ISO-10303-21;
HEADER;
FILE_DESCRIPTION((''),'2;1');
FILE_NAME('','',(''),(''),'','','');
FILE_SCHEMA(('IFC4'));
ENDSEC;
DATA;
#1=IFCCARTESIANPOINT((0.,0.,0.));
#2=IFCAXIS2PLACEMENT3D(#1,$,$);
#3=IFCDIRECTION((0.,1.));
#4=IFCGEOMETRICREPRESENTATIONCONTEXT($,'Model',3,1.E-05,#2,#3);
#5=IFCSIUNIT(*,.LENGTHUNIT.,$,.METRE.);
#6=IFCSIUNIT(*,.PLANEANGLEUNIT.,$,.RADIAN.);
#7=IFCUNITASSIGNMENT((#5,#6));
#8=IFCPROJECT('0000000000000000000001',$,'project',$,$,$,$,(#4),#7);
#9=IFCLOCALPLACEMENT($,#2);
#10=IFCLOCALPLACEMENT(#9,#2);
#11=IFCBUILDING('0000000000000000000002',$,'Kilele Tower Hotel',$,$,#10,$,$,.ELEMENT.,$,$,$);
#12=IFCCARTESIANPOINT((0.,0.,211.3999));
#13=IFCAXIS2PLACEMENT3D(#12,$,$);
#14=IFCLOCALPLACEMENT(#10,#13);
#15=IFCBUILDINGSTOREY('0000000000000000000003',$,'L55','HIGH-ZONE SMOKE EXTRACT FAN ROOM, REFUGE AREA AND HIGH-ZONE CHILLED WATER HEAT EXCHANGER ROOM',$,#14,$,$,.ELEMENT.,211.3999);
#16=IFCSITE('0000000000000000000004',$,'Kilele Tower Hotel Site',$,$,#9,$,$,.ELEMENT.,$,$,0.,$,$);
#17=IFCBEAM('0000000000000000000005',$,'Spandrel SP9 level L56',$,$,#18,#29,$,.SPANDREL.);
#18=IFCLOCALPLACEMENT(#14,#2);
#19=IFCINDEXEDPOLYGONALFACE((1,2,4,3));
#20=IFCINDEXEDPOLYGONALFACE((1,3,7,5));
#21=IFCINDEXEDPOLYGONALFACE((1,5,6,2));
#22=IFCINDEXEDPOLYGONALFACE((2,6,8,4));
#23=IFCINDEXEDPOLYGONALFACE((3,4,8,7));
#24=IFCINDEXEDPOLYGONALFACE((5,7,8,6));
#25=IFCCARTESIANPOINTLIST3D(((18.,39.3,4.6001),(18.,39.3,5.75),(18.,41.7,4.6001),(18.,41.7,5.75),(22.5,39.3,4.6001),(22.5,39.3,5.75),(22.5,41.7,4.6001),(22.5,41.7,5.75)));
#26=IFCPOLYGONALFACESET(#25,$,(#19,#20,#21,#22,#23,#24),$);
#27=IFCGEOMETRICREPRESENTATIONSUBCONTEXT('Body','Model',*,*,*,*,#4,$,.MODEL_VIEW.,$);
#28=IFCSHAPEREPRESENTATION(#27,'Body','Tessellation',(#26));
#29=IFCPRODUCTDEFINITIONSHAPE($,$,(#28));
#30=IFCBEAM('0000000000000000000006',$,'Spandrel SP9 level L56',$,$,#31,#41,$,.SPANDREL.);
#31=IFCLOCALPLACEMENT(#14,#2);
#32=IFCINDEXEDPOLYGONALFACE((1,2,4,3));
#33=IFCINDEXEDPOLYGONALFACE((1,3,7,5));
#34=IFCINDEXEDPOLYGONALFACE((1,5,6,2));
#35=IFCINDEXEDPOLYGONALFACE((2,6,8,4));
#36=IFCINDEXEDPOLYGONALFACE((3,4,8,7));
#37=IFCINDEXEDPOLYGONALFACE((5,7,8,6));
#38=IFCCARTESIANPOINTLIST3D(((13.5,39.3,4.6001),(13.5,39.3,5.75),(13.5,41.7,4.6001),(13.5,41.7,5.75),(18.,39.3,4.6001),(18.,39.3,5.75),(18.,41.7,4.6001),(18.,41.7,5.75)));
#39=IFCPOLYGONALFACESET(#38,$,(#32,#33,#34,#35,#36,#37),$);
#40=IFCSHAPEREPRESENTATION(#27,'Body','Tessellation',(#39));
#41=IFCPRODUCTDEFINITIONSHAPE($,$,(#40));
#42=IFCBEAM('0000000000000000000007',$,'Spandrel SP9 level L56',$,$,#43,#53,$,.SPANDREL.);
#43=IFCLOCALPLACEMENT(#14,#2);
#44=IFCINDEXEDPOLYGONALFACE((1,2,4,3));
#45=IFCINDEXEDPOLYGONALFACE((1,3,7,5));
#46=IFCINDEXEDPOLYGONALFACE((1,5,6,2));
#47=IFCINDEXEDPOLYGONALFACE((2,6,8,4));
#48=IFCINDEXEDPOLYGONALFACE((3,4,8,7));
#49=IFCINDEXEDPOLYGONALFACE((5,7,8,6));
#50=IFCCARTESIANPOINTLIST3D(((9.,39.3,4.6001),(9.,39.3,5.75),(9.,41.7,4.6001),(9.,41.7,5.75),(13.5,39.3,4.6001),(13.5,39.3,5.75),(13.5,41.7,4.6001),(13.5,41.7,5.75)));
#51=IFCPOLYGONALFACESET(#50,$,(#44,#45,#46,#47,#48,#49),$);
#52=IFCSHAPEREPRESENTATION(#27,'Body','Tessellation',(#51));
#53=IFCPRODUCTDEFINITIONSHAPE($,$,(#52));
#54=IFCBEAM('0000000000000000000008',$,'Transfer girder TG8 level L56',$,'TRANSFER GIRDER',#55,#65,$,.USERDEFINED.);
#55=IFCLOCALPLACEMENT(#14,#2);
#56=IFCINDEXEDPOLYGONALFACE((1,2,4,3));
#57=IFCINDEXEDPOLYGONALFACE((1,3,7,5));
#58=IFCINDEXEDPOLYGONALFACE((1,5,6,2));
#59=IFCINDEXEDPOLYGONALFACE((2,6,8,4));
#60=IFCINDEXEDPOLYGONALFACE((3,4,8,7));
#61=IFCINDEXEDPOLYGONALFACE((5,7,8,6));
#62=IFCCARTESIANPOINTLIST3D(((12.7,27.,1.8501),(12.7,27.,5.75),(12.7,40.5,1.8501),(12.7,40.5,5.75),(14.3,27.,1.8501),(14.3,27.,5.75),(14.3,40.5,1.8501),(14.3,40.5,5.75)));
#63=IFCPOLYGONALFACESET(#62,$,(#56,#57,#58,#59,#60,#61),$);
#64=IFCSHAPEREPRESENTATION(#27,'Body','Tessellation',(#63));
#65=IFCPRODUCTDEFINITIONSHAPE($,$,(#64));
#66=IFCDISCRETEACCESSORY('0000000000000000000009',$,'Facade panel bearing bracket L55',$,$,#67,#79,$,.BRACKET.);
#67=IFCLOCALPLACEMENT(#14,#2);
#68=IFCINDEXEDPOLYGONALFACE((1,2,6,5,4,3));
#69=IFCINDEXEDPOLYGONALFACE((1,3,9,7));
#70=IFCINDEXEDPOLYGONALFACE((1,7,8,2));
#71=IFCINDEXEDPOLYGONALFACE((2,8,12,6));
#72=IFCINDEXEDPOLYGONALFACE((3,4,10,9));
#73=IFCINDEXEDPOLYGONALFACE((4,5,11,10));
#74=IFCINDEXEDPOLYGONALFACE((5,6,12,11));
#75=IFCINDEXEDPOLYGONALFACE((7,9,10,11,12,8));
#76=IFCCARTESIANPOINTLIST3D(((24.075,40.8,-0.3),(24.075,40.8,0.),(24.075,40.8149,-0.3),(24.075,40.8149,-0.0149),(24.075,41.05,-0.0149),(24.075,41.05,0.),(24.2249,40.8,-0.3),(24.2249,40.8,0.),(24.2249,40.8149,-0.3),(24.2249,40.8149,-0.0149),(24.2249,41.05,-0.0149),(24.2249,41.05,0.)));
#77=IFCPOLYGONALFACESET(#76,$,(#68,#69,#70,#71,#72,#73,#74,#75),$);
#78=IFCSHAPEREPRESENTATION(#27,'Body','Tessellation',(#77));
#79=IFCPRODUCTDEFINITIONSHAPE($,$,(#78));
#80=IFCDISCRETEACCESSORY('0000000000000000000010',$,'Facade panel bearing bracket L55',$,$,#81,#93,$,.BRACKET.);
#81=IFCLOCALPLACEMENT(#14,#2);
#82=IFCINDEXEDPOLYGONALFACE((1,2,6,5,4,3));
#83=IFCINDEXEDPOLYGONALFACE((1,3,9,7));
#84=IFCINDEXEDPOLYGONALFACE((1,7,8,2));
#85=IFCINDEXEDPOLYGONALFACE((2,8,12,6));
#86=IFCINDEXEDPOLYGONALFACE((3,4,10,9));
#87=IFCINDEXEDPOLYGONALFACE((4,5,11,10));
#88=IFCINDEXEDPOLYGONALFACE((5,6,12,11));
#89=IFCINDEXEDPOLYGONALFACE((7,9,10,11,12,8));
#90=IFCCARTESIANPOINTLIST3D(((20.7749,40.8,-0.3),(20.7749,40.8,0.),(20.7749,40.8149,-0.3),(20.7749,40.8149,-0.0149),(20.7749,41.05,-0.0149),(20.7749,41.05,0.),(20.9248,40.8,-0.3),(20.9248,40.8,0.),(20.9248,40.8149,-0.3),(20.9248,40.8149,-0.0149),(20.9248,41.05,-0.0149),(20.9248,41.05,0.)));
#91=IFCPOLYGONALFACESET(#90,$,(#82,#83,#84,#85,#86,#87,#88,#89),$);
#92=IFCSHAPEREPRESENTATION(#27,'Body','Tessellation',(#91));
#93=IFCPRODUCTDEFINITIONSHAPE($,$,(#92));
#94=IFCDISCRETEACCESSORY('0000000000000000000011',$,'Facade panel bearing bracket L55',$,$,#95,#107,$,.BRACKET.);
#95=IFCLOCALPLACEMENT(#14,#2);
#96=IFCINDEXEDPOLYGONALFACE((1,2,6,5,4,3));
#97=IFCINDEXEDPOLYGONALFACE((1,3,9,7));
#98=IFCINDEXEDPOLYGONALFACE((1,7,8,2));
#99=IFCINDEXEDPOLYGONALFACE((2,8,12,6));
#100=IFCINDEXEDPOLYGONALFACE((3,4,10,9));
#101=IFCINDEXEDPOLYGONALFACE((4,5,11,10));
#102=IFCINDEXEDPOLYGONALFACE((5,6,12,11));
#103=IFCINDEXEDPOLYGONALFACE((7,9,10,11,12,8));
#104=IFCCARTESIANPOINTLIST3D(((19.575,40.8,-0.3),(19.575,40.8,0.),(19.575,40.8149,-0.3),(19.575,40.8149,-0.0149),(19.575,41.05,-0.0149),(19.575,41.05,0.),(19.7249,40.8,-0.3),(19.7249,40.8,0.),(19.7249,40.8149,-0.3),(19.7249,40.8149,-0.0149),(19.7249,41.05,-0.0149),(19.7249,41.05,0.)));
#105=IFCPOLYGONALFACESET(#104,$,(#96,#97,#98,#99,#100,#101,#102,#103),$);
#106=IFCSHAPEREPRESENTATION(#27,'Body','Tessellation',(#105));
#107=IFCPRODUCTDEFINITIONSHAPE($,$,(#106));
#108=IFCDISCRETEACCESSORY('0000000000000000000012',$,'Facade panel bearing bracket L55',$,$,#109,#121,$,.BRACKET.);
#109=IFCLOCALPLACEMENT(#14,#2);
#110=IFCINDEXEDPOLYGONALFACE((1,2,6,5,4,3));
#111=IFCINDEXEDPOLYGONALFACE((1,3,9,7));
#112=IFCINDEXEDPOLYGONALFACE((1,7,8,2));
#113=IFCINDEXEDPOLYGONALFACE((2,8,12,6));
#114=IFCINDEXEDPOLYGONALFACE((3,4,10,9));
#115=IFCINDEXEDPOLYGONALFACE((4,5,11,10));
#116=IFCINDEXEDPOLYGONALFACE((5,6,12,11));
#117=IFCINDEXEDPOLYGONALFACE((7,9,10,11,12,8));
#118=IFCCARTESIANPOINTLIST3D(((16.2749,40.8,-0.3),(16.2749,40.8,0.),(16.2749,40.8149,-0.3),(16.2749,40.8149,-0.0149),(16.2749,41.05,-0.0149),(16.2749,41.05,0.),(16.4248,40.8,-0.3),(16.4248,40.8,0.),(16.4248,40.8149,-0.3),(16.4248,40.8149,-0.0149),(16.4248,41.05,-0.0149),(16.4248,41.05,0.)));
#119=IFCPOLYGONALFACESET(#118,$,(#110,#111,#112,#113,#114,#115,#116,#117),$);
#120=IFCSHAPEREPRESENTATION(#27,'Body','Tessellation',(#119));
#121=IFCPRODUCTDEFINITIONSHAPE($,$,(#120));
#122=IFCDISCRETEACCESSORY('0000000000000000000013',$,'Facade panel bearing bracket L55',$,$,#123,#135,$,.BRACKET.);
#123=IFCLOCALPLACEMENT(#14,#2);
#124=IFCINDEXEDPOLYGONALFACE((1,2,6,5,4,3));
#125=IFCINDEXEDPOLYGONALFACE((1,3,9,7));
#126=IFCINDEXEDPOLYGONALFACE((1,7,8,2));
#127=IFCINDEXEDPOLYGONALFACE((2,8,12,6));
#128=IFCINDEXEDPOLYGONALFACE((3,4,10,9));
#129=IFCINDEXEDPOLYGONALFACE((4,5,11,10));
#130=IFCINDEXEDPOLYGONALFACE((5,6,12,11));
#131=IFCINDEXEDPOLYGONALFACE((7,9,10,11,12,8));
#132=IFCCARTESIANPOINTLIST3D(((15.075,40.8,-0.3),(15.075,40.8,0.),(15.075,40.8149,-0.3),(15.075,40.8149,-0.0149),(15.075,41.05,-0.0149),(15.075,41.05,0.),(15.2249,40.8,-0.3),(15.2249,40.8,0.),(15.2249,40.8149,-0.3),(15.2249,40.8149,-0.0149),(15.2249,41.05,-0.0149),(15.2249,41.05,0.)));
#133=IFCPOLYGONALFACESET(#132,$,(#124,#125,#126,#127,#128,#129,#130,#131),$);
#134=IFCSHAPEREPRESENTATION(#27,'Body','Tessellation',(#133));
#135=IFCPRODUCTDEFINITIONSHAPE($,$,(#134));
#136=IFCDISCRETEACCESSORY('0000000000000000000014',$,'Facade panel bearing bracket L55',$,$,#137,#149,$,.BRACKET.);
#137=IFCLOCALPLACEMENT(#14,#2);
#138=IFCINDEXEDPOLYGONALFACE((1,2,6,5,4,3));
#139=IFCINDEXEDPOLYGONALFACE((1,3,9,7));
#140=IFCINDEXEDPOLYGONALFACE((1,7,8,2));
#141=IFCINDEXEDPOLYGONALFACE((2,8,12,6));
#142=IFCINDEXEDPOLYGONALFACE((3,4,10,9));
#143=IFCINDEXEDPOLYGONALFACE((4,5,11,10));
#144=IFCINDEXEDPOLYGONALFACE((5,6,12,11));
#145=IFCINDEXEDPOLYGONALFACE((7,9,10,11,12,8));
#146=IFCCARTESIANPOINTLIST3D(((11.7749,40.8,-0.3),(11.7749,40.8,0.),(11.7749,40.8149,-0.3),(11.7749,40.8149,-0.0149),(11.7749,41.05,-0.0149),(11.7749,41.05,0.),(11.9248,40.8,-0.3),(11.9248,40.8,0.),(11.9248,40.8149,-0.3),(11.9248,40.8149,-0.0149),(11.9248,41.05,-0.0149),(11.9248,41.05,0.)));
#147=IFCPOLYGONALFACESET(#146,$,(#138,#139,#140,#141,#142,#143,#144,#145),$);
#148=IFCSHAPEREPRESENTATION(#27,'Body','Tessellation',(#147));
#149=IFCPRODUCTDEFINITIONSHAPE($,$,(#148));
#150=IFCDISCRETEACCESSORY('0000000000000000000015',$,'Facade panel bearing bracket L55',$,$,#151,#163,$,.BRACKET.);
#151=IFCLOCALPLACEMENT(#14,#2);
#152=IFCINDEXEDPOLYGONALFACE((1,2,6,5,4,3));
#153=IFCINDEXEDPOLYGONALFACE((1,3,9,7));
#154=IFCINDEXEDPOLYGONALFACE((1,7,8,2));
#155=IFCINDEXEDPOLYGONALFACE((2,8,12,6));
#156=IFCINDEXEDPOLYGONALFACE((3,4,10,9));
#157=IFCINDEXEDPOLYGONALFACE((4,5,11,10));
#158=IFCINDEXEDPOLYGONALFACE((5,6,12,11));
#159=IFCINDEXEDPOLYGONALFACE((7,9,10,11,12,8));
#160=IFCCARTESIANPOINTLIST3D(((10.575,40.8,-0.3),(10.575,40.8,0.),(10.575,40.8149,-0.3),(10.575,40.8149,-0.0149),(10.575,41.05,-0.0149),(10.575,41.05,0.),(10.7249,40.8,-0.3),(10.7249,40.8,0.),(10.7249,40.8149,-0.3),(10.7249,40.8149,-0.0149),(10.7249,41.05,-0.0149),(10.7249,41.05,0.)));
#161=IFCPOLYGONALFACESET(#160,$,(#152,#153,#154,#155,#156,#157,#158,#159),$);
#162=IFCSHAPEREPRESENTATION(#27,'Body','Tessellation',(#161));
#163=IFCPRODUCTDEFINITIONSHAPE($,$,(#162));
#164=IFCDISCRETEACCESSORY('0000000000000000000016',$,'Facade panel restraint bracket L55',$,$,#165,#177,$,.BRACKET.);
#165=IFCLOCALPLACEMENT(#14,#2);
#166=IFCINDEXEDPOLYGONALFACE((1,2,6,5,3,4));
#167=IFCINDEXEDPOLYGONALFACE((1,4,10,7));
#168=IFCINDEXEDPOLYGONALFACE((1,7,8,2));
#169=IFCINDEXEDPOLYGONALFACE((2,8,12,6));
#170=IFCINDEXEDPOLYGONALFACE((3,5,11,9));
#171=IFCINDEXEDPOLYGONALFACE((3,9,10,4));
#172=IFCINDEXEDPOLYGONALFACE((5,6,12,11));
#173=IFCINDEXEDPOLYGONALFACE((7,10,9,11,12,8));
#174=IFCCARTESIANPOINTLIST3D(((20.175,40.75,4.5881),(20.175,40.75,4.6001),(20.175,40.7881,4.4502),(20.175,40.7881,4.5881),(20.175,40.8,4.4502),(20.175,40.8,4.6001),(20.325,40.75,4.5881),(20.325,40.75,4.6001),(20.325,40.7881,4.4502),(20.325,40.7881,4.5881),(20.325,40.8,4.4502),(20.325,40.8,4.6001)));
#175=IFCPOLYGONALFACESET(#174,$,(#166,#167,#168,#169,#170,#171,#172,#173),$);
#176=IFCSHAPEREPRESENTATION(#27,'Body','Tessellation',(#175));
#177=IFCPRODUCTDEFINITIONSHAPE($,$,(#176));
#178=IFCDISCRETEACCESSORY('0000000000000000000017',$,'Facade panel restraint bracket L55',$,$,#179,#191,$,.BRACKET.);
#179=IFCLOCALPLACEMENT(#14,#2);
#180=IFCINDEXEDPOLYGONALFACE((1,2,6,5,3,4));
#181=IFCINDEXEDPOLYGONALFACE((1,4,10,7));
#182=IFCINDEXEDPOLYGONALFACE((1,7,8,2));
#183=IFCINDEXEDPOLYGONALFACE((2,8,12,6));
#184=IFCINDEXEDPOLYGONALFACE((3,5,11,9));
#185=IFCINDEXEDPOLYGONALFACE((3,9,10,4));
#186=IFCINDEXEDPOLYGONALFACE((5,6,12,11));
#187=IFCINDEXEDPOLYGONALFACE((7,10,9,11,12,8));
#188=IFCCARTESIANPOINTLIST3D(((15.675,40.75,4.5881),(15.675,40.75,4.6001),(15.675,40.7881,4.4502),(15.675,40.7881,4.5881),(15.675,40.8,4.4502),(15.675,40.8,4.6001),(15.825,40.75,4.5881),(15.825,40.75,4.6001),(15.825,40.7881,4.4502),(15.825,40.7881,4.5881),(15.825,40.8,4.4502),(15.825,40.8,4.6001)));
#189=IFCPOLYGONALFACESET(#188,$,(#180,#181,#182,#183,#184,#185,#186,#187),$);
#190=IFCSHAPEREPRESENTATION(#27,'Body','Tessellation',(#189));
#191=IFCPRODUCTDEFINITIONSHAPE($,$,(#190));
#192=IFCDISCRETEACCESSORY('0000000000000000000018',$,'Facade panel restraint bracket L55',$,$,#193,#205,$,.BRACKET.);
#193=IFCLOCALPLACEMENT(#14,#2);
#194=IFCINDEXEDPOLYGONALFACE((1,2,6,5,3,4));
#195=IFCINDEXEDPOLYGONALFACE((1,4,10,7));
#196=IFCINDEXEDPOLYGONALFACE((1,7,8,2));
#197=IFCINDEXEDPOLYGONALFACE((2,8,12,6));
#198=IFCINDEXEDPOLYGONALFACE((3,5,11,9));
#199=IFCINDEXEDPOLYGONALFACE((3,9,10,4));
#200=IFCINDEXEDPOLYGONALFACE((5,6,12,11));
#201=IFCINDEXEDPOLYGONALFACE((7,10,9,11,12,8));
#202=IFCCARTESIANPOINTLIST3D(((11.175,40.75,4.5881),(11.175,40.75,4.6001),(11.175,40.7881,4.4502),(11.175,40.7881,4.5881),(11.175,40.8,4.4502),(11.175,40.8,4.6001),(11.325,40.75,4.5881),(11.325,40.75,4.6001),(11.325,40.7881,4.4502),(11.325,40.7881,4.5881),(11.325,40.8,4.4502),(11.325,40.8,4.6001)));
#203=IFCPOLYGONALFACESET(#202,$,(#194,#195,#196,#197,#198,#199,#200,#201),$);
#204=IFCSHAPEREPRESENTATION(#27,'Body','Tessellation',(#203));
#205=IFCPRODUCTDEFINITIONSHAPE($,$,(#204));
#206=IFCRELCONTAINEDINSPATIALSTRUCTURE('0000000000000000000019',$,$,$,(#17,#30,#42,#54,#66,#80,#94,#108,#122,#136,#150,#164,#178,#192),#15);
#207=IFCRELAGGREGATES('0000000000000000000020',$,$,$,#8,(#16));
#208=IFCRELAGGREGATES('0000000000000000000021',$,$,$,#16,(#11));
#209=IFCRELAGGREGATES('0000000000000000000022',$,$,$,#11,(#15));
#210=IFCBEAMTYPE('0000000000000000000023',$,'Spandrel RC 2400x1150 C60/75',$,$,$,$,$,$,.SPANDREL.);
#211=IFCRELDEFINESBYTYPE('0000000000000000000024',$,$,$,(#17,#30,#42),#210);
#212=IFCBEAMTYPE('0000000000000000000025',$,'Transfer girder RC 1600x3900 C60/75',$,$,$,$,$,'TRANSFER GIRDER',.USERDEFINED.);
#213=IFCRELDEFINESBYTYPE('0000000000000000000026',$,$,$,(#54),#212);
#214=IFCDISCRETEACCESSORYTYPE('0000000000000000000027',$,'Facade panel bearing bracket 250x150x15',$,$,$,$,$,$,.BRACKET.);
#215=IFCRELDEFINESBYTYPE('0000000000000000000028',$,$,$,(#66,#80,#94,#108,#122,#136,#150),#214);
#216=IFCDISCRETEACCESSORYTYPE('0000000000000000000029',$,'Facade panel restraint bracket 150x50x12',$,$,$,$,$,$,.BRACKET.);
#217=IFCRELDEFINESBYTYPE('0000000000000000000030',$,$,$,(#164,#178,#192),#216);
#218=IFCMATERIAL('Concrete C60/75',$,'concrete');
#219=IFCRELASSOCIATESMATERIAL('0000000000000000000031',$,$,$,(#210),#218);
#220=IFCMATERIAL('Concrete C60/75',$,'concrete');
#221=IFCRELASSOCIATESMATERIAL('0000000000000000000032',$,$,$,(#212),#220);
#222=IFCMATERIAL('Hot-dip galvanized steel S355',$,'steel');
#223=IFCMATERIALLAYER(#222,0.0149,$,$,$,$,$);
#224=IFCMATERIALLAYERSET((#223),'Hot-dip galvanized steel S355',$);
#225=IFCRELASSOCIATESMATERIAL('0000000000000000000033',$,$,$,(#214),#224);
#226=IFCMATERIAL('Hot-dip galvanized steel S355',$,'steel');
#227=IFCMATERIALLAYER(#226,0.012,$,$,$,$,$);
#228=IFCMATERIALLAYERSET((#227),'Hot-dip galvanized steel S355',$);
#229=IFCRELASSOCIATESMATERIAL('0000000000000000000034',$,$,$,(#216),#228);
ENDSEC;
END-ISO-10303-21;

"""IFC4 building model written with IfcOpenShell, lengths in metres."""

from ifc_helpers import new_model, si_unit, direction, frame, origin, origin_2d, place, context, subcontext, project, spatial, polyline, rectangle, outline, extrude, source, transform, mapped, material, layer, layer_set, material_profile, profile_set, type_object, element, save


model = new_model("IFC4")

# Units and contexts
model_context = context("Model", 3, precision=1e-05, world=origin(), true_north=direction((0.0, 1.0)))
body_context = subcontext(model_context, "Body", "Model", "MODEL_VIEW")
ifc_project = project(units=[si_unit("LENGTHUNIT", "METRE"), si_unit("PLANEANGLEUNIT", "RADIAN")], contexts=[model_context])

# Site, building, storey
site_placement = place(None, origin())
site = spatial("IfcSite", under=ifc_project, at=site_placement, Name="Kilele Tower Hotel Site", CompositionType="ELEMENT", RefElevation=0.0)
building_placement = place(site_placement, origin())
building = spatial("IfcBuilding", under=site, at=building_placement, Name="Kilele Tower Hotel", CompositionType="ELEMENT")
storey_placement = place(building_placement, frame((0.0, 0.0, 211.3999)))
storey = spatial("IfcBuildingStorey", under=building, at=storey_placement, Name="L55", Description="HIGH-ZONE SMOKE EXTRACT FAN ROOM, REFUGE AREA AND HIGH-ZONE CHILLED WATER HEAT EXCHANGER ROOM", CompositionType="ELEMENT", Elevation=211.3999)

# Beams
ifc_material_1 = material(Name="Concrete C60/75", Category="concrete")
ifc_material_profile_1 = material_profile(ifc_material_1, rectangle(XDim=2.3999, YDim=1.1499, at=origin_2d()))
ifc_profile_set_1 = profile_set([ifc_material_profile_1], Name="Concrete C60/75")
beam_type_1 = type_object("IfcBeamType", Name="Spandrel RC 2400x1150 C60/75", PredefinedType="SPANDREL", material=ifc_profile_set_1)
for number, where, z_axis, x_axis, name in (
    (1, (22.5, 40.5, 5.175), (-1.0, 0.0, 0.0), (0.0, -1.0, 0.0), "Spandrel SP9 level L56"),
    (2, (18.0, 40.5, 5.175), (-1.0, 0.0, 0.0), (0.0, -1.0, 0.0), "Spandrel SP9 level L56"),
    (3, (13.5, 40.5, 5.175), (-1.0, 0.0, 0.0), (0.0, -1.0, 0.0), "Spandrel SP9 level L56"),
):
    element("IfcBeam", number, at=place(storey_placement, frame(where, z_axis=z_axis, x_axis=x_axis)), inside=storey, type_object=beam_type_1, Name=name, PredefinedType="SPANDREL", context=body_context, shape_type="SweptSolid", body=[
        extrude(rectangle(XDim=2.3999, YDim=1.1499, at=origin_2d()), origin(), (0.0, 0.0, 1.0), 4.5),
    ])
ifc_material_2 = material(Name="Concrete C60/75", Category="concrete")
ifc_material_profile_2 = material_profile(ifc_material_2, rectangle(XDim=1.6001, YDim=3.8999, at=origin_2d()))
ifc_profile_set_2 = profile_set([ifc_material_profile_2], Name="Concrete C60/75")
beam_type_2 = type_object("IfcBeamType", Name="Transfer girder RC 1600x3900 C60/75", ElementType="TRANSFER GIRDER", PredefinedType="USERDEFINED", material=ifc_profile_set_2)
beam_placement = place(storey_placement, frame((13.5, 40.5, 3.8), z_axis=(0.0, -1.0, 0.0), x_axis=(1.0, 0.0, 0.0)))
element("IfcBeam", 4, at=beam_placement, inside=storey, type_object=beam_type_2, Name="Transfer girder TG8 level L56", ObjectType="TRANSFER GIRDER", PredefinedType="USERDEFINED", context=body_context, shape_type="SweptSolid", body=[
    extrude(rectangle(XDim=1.6001, YDim=3.8999, at=origin_2d()), origin(), (0.0, 0.0, 1.0), 13.5),
])

# Discrete accessories
ifc_material_3 = material(Name="Hot-dip galvanized steel S355", Category="steel")
ifc_layer_1 = layer(ifc_material_3, 0.0149)
ifc_layer_set_1 = layer_set([ifc_layer_1], Name="Hot-dip galvanized steel S355")
discrete_accessory_type_1 = type_object("IfcDiscreteAccessoryType", Name="Facade panel bearing bracket 250x150x15", PredefinedType="BRACKET", material=ifc_layer_set_1)
shared_shape_1 = source(origin(), body_context, "Body", "SweptSolid", [
    extrude(outline(polyline([(0.0, 0.0), (0.25, 0.0), (0.25, -0.0149), (0.0149, -0.0149), (0.0149, -0.3), (0.0, -0.3), (0.0, 0.0)])), origin(), (0.0, 0.0, 1.0), 0.1499),
])
for number, where, z_axis, x_axis, name in (
    (5, (24.075, 40.8, 0.0), (1.0, 0.0, 0.0), (0.0, 1.0, 0.0), "Facade panel bearing bracket L55"),
    (6, (20.7749, 40.8, 0.0), (1.0, 0.0, 0.0), (0.0, 1.0, 0.0), "Facade panel bearing bracket L55"),
    (7, (19.575, 40.8, 0.0), (1.0, 0.0, 0.0), (0.0, 1.0, 0.0), "Facade panel bearing bracket L55"),
    (8, (16.2749, 40.8, 0.0), (1.0, 0.0, 0.0), (0.0, 1.0, 0.0), "Facade panel bearing bracket L55"),
    (9, (15.075, 40.8, 0.0), (1.0, 0.0, 0.0), (0.0, 1.0, 0.0), "Facade panel bearing bracket L55"),
    (10, (11.7749, 40.8, 0.0), (1.0, 0.0, 0.0), (0.0, 1.0, 0.0), "Facade panel bearing bracket L55"),
    (11, (10.575, 40.8, 0.0), (1.0, 0.0, 0.0), (0.0, 1.0, 0.0), "Facade panel bearing bracket L55"),
):
    element("IfcDiscreteAccessory", number, at=place(storey_placement, frame(where, z_axis=z_axis, x_axis=x_axis)), inside=storey, type_object=discrete_accessory_type_1, Name=name, PredefinedType="BRACKET", context=body_context, shape_type="MappedRepresentation", body=[
        mapped(shared_shape_1, transform((0.0, 0.0, 0.0))),
    ])
ifc_material_4 = material(Name="Hot-dip galvanized steel S355", Category="steel")
ifc_layer_2 = layer(ifc_material_4, 0.012)
ifc_layer_set_2 = layer_set([ifc_layer_2], Name="Hot-dip galvanized steel S355")
discrete_accessory_type_2 = type_object("IfcDiscreteAccessoryType", Name="Facade panel restraint bracket 150x50x12", PredefinedType="BRACKET", material=ifc_layer_set_2)
shared_shape_2 = source(origin(), body_context, "Body", "SweptSolid", [
    extrude(outline(polyline([(0.0, 0.0), (0.0, -0.1499), (-0.012, -0.1499), (-0.012, -0.012), (-0.05, -0.012), (-0.05, 0.0), (0.0, 0.0)])), origin(), (0.0, 0.0, 1.0), 0.1499),
])
for number, where, z_axis, x_axis, name in (
    (12, (20.175, 40.8, 4.6001), (1.0, 0.0, 0.0), (0.0, 1.0, 0.0), "Facade panel restraint bracket L55"),
    (13, (15.675, 40.8, 4.6001), (1.0, 0.0, 0.0), (0.0, 1.0, 0.0), "Facade panel restraint bracket L55"),
    (14, (11.175, 40.8, 4.6001), (1.0, 0.0, 0.0), (0.0, 1.0, 0.0), "Facade panel restraint bracket L55"),
):
    element("IfcDiscreteAccessory", number, at=place(storey_placement, frame(where, z_axis=z_axis, x_axis=x_axis)), inside=storey, type_object=discrete_accessory_type_2, Name=name, PredefinedType="BRACKET", context=body_context, shape_type="MappedRepresentation", body=[
        mapped(shared_shape_2, transform((0.0, 0.0, 0.0))),
    ])

save(model, "model.ifc")
